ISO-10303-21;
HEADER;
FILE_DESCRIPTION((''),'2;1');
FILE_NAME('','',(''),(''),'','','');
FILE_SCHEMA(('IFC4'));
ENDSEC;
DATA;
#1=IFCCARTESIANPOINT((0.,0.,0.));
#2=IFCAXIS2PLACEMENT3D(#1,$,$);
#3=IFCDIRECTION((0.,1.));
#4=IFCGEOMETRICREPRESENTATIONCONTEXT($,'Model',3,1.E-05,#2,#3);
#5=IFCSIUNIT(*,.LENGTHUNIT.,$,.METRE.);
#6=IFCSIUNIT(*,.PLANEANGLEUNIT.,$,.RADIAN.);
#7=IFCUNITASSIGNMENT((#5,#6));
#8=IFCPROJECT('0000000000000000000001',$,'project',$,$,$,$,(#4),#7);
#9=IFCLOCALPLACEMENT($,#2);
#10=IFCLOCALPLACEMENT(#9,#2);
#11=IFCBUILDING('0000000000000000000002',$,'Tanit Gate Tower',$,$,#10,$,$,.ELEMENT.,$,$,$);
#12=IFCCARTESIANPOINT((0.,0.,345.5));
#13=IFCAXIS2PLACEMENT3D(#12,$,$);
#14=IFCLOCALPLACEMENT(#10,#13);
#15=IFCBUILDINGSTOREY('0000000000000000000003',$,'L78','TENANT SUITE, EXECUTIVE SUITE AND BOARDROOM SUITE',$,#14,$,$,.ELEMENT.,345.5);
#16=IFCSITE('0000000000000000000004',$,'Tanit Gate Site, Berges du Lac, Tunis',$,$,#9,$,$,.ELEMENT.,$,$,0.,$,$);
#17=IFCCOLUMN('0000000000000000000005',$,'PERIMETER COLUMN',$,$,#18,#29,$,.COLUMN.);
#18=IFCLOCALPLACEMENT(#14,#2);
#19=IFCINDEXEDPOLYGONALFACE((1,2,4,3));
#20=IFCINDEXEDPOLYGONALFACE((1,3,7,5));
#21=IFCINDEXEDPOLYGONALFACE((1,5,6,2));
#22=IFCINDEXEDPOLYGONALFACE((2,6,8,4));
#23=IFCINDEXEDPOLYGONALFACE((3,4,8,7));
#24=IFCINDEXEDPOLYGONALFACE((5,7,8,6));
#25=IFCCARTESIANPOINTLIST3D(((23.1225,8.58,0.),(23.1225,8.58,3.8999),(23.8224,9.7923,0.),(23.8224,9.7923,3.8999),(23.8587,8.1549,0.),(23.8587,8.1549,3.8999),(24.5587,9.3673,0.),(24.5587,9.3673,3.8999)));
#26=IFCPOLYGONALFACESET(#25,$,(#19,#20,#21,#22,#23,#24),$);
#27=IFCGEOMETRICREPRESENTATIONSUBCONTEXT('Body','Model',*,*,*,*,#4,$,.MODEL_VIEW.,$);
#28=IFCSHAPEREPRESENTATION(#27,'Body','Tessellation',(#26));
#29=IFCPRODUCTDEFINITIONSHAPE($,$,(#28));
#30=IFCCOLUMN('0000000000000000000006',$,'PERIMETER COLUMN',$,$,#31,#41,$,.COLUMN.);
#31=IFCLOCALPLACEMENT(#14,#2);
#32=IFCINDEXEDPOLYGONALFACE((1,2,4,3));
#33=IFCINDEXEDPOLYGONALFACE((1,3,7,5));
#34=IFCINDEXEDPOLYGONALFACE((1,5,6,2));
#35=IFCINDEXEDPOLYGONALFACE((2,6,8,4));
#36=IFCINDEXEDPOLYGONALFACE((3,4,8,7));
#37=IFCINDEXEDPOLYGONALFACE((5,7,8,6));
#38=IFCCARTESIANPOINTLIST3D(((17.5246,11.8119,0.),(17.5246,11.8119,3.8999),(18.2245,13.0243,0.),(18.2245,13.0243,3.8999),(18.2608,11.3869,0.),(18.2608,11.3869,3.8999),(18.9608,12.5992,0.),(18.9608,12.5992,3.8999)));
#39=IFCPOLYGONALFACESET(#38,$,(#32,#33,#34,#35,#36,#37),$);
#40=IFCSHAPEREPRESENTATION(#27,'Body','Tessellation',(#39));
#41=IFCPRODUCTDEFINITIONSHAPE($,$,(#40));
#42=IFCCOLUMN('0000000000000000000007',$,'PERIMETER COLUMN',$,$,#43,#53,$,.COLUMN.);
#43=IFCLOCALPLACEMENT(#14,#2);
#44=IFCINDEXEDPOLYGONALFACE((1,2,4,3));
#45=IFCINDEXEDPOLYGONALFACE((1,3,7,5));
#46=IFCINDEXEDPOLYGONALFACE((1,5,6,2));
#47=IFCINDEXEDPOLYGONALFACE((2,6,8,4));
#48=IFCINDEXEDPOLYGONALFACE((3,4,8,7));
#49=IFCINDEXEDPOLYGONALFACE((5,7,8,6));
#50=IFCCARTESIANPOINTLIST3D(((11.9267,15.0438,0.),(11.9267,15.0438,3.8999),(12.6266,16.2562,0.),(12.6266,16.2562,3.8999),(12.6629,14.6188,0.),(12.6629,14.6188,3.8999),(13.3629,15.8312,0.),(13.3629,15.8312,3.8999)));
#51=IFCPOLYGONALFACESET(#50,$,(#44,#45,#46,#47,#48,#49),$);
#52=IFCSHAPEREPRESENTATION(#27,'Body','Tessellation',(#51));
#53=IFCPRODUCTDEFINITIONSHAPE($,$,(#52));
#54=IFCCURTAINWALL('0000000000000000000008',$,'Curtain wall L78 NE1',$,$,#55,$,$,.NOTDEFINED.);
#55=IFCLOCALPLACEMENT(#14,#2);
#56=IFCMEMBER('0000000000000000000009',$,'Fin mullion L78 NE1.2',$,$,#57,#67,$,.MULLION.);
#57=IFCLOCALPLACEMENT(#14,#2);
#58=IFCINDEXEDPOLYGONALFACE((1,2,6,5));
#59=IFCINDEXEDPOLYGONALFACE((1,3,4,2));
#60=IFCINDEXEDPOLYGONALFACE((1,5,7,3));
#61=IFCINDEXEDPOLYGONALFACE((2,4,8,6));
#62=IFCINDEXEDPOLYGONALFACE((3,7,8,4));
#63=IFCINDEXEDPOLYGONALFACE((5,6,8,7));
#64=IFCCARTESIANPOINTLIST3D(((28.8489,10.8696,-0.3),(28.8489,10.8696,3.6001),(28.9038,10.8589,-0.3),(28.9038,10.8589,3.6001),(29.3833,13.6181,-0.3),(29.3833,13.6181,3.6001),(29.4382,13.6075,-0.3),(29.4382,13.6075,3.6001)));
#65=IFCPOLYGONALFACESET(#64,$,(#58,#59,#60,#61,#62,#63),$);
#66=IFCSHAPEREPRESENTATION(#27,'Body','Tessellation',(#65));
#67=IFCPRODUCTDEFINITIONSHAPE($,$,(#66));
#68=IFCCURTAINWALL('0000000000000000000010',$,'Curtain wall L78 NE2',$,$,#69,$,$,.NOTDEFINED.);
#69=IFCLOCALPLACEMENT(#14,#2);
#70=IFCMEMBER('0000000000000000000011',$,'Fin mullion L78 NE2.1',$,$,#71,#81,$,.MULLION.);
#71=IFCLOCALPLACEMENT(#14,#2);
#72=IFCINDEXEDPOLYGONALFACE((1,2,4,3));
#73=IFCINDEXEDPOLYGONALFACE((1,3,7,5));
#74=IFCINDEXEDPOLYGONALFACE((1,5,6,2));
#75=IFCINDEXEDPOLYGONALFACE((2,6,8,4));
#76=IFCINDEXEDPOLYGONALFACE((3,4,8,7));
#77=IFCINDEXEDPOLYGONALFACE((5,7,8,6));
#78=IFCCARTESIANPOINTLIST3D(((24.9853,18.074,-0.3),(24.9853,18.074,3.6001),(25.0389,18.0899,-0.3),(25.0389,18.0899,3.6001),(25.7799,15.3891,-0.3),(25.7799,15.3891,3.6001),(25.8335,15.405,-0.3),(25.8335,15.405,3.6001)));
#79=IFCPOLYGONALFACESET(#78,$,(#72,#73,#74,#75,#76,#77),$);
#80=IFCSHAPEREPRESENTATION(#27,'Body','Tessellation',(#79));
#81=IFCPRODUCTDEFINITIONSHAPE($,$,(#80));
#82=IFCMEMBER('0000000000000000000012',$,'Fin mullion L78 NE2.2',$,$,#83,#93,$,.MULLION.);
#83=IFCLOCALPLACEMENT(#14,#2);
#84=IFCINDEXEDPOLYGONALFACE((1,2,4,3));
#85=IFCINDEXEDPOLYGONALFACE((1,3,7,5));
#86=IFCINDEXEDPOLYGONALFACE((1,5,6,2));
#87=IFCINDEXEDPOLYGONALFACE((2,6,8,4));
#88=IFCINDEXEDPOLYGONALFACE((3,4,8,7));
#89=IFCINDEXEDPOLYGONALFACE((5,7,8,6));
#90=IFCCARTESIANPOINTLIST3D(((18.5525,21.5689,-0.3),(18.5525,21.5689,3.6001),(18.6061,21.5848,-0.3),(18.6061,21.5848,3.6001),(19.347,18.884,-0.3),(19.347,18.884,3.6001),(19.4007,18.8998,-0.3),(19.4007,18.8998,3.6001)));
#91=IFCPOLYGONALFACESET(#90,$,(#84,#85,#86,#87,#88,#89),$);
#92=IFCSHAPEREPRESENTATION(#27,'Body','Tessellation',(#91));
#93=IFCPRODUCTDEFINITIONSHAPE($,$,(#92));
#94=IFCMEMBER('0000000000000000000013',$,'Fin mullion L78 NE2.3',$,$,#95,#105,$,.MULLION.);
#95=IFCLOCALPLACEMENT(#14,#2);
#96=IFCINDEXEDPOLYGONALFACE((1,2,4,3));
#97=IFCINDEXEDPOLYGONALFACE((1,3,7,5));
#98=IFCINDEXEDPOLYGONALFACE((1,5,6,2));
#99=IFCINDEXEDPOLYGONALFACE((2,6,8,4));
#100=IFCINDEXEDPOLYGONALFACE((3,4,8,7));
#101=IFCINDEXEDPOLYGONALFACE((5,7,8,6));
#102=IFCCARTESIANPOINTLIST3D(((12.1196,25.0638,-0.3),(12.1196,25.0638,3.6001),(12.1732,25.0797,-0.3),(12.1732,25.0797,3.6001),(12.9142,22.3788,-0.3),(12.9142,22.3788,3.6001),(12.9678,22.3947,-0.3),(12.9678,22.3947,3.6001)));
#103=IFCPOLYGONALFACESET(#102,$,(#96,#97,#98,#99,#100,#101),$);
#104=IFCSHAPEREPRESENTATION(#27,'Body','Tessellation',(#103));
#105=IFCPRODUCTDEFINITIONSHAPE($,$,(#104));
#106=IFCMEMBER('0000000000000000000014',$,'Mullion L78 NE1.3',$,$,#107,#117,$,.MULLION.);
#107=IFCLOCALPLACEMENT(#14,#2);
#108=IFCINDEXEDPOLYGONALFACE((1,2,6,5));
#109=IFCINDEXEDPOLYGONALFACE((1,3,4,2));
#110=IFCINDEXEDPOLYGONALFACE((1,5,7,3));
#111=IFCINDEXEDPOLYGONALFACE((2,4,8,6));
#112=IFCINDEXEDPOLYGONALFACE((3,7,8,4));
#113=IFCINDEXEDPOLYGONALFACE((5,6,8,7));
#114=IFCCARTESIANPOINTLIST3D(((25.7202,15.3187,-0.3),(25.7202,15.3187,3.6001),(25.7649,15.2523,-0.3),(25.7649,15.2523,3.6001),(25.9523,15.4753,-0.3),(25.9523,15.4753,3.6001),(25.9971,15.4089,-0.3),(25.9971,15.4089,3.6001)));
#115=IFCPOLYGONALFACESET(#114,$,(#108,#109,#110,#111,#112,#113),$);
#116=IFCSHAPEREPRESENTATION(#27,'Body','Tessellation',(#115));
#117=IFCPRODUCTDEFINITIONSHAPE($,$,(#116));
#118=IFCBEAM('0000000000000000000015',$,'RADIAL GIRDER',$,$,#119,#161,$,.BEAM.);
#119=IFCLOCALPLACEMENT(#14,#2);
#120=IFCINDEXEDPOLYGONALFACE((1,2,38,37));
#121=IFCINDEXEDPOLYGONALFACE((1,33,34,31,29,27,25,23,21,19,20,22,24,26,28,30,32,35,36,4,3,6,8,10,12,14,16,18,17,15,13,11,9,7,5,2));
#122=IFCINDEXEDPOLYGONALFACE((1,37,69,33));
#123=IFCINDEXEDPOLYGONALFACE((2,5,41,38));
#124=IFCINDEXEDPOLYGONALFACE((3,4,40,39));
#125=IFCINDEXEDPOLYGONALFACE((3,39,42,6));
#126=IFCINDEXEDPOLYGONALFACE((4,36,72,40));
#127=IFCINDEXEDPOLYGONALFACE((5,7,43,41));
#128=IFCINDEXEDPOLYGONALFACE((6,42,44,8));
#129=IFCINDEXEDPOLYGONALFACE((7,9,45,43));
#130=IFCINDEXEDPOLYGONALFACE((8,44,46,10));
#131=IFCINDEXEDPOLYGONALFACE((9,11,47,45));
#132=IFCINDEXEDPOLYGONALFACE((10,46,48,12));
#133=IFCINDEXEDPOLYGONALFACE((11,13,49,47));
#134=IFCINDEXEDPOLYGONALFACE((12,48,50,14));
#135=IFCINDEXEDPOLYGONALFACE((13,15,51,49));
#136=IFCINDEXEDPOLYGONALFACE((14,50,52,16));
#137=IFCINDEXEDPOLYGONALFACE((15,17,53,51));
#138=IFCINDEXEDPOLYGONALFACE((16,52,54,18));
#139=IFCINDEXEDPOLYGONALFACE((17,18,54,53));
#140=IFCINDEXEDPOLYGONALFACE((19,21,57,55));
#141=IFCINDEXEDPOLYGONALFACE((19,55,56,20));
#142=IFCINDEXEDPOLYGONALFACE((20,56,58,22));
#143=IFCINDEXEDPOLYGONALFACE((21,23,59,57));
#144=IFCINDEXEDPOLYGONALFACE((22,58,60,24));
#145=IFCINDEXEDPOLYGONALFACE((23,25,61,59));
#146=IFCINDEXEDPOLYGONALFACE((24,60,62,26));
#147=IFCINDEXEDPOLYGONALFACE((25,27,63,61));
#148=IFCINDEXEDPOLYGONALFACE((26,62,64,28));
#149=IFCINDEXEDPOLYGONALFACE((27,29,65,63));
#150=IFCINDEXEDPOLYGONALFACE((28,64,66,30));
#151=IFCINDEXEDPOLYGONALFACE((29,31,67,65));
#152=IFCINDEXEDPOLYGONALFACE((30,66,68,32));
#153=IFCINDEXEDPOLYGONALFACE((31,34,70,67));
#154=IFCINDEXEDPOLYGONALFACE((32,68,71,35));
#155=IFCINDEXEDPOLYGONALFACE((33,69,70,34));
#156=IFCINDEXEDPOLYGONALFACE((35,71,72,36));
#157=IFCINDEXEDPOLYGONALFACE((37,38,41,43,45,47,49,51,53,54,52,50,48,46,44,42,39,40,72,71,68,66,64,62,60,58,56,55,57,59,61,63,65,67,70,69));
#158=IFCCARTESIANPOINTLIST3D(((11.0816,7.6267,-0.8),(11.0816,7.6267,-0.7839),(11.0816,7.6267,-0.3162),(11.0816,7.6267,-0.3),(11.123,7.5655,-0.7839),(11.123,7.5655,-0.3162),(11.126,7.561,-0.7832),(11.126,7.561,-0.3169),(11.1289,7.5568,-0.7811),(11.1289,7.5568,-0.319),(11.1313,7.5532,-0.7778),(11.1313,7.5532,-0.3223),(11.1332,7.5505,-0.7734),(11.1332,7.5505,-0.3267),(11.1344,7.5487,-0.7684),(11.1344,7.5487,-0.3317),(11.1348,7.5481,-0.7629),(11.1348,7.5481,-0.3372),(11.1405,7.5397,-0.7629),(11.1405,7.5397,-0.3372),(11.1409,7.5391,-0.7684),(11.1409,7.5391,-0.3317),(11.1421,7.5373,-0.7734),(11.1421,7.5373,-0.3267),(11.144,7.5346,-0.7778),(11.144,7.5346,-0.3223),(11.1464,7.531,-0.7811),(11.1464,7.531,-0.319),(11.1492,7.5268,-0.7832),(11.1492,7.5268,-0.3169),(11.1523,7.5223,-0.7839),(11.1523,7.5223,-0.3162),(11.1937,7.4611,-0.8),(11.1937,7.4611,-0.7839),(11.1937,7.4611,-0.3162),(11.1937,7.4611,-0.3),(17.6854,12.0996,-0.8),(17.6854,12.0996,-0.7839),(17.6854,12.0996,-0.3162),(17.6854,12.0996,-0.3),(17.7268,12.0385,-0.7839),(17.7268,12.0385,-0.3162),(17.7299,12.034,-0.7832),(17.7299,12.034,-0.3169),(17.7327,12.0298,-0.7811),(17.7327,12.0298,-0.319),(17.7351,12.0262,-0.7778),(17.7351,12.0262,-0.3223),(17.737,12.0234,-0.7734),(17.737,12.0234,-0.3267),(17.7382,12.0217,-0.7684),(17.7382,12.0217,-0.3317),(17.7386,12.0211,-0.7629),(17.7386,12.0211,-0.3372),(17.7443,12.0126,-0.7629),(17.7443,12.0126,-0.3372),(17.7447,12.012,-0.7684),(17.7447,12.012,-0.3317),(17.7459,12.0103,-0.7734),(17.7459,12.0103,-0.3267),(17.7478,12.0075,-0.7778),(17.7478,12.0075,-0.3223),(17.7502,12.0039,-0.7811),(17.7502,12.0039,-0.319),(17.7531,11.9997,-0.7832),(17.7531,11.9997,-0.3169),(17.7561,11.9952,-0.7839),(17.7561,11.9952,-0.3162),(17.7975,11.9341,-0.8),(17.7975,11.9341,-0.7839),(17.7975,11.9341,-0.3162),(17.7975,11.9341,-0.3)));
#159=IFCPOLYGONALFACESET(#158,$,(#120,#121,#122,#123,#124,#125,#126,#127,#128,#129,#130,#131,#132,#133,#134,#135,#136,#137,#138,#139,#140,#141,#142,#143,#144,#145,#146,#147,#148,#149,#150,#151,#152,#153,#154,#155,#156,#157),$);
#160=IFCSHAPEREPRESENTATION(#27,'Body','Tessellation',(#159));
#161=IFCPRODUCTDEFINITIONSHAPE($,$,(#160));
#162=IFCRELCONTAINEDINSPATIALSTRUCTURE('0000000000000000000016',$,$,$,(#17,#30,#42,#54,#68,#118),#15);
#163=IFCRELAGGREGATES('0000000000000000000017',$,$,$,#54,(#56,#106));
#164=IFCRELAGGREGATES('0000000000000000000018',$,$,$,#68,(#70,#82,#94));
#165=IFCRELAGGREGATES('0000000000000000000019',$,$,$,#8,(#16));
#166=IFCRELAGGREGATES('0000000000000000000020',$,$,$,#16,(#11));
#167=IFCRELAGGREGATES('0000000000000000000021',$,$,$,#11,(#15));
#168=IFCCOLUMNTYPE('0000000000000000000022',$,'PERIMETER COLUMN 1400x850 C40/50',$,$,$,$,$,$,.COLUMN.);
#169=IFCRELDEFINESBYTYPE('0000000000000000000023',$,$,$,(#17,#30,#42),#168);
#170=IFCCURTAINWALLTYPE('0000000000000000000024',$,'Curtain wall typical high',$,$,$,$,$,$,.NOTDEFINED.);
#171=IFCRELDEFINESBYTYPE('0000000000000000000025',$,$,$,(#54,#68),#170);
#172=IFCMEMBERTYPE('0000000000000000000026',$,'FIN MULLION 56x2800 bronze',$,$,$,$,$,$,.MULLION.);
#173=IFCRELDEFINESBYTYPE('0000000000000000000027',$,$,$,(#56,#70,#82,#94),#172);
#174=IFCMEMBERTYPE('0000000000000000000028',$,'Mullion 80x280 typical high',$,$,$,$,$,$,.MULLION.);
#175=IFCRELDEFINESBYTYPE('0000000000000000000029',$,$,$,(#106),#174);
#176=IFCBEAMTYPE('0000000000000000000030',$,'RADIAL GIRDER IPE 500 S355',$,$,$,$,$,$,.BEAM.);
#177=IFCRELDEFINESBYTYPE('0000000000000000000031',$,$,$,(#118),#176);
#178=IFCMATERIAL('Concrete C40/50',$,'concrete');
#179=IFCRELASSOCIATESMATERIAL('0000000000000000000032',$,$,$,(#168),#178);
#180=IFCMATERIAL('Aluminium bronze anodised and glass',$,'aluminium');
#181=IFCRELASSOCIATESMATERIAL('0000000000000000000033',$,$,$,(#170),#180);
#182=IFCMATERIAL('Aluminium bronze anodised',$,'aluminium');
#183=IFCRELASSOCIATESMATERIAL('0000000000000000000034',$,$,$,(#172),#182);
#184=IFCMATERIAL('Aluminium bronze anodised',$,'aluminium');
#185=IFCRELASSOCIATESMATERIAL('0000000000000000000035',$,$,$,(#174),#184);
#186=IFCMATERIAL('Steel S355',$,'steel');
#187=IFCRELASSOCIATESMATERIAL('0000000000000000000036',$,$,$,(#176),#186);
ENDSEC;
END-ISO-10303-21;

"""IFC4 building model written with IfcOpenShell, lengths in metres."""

from ifc_helpers import new_model, si_unit, direction, frame, origin, origin_2d, place, context, subcontext, project, spatial, rectangle, i_section, extrude, material, material_profile, profile_set, type_object, element, aggregate, save


model = new_model("IFC4")

# Units and contexts
model_context = context("Model", 3, precision=1e-05, world=origin(), true_north=direction((0.0, 1.0)))
body_context = subcontext(model_context, "Body", "Model", "MODEL_VIEW")
ifc_project = project(units=[si_unit("LENGTHUNIT", "METRE"), si_unit("PLANEANGLEUNIT", "RADIAN")], contexts=[model_context])

# Site, building, storey
site_placement = place(None, origin())
site = spatial("IfcSite", under=ifc_project, at=site_placement, Name="Tanit Gate Site, Berges du Lac, Tunis", CompositionType="ELEMENT", RefElevation=0.0)
building_placement = place(site_placement, origin())
building = spatial("IfcBuilding", under=site, at=building_placement, Name="Tanit Gate Tower", CompositionType="ELEMENT")
storey_placement = place(building_placement, frame((0.0, 0.0, 345.5)))
storey = spatial("IfcBuildingStorey", under=building, at=storey_placement, Name="L78", Description="TENANT SUITE, EXECUTIVE SUITE AND BOARDROOM SUITE", CompositionType="ELEMENT", Elevation=345.5)

# Columns
ifc_material_1 = material(Name="Concrete C40/50", Category="concrete")
ifc_material_profile_1 = material_profile(ifc_material_1, rectangle(XDim=1.3999, YDim=0.8501, at=origin_2d()), Name="RC 1400x850")
ifc_profile_set_1 = profile_set([ifc_material_profile_1], Name="Concrete C40/50")
column_type = type_object("IfcColumnType", Name="PERIMETER COLUMN 1400x850 C40/50", PredefinedType="COLUMN", material=ifc_profile_set_1)
for number, where, z_axis, x_axis, name in (
    (1, (23.8406, 8.9736, 0.0), (0.0, 0.0, 1.0), (0.5, 0.866025, 0.0), "PERIMETER COLUMN"),
    (2, (18.2427, 12.2056, 0.0), (0.0, 0.0, 1.0), (0.5, 0.866025, 0.0), "PERIMETER COLUMN"),
    (3, (12.6448, 15.4375, 0.0), (0.0, 0.0, 1.0), (0.5, 0.866025, 0.0), "PERIMETER COLUMN"),
):
    element("IfcColumn", number, at=place(storey_placement, frame(where, z_axis=z_axis, x_axis=x_axis)), inside=storey, type_object=column_type, Name=name, PredefinedType="COLUMN", context=body_context, shape_type="SweptSolid", body=[
        extrude(rectangle(XDim=1.3999, YDim=0.8501, at=origin_2d()), origin(), (0.0, 0.0, 1.0), 3.8999),
    ])

# Curtain wall, member
ifc_material_2 = material(Name="Aluminium bronze anodised and glass", Category="aluminium")
curtain_wall_type = type_object("IfcCurtainWallType", Name="Curtain wall typical high", PredefinedType="NOTDEFINED", material=ifc_material_2)
curtain_wall_1_placement = place(storey_placement, origin())
curtain_wall_1 = element("IfcCurtainWall", 4, at=curtain_wall_1_placement, inside=storey, type_object=curtain_wall_type, Name="Curtain wall L78 NE1", PredefinedType="NOTDEFINED")
ifc_material_3 = material(Name="Aluminium bronze anodised", Category="aluminium")
ifc_material_profile_2 = material_profile(ifc_material_3, rectangle(XDim=2.8, YDim=0.0559, at=origin_2d()), Name="56x2800 bronze fin mullion")
ifc_profile_set_2 = profile_set([ifc_material_profile_2], Name="Aluminium bronze anodised")
member_type_1 = type_object("IfcMemberType", Name="FIN MULLION 56x2800 bronze", PredefinedType="MULLION", material=ifc_profile_set_2)
member_1_placement = place(storey_placement, frame((29.1436, 12.2385, -0.3), z_axis=(0.0, 0.0, 1.0), x_axis=(-0.190863, -0.981617, 0.0)))
member_1 = element("IfcMember", 5, at=member_1_placement, type_object=member_type_1, Name="Fin mullion L78 NE1.2", PredefinedType="MULLION", context=body_context, shape_type="SweptSolid", body=[
    extrude(rectangle(XDim=2.8, YDim=0.0559, at=origin_2d()), origin(), (0.0, 0.0, 1.0), 3.9001),
])

# Curtain wall, members
curtain_wall_2_placement = place(storey_placement, origin())
curtain_wall_2 = element("IfcCurtainWall", 6, at=curtain_wall_2_placement, inside=storey, type_object=curtain_wall_type, Name="Curtain wall L78 NE2", PredefinedType="NOTDEFINED")
member_2_placement = place(storey_placement, frame((25.4094, 16.7395, -0.3), z_axis=(0.0, 0.0, 1.0), x_axis=(0.283773, -0.958892, 0.0)))
member_2 = element("IfcMember", 7, at=member_2_placement, type_object=member_type_1, Name="Fin mullion L78 NE2.1", PredefinedType="MULLION", context=body_context, shape_type="SweptSolid", body=[
    extrude(rectangle(XDim=2.8, YDim=0.0559, at=origin_2d()), origin(), (0.0, 0.0, 1.0), 3.9001),
])
member_3_placement = place(storey_placement, frame((18.9766, 20.2344, -0.3), z_axis=(0.0, 0.0, 1.0), x_axis=(0.283773, -0.958892, 0.0)))
member_3 = element("IfcMember", 8, at=member_3_placement, type_object=member_type_1, Name="Fin mullion L78 NE2.2", PredefinedType="MULLION", context=body_context, shape_type="SweptSolid", body=[
    extrude(rectangle(XDim=2.8, YDim=0.0559, at=origin_2d()), origin(), (0.0, 0.0, 1.0), 3.9001),
])
member_4_placement = place(storey_placement, frame((12.5437, 23.7292, -0.3), z_axis=(0.0, 0.0, 1.0), x_axis=(0.283773, -0.958892, 0.0)))
member_4 = element("IfcMember", 9, at=member_4_placement, type_object=member_type_1, Name="Fin mullion L78 NE2.3", PredefinedType="MULLION", context=body_context, shape_type="SweptSolid", body=[
    extrude(rectangle(XDim=2.8, YDim=0.0559, at=origin_2d()), origin(), (0.0, 0.0, 1.0), 3.9001),
])

# Member
ifc_material_4 = material(Name="Aluminium bronze anodised", Category="aluminium")
ifc_material_profile_3 = material_profile(ifc_material_4, rectangle(XDim=0.28, YDim=0.0801, at=origin_2d()), Name="80x280 bronze mullion")
ifc_profile_set_3 = profile_set([ifc_material_profile_3], Name="Aluminium bronze anodised")
member_type_2 = type_object("IfcMemberType", Name="Mullion 80x280 typical high", PredefinedType="MULLION", material=ifc_profile_set_3)
member_5_placement = place(storey_placement, frame((25.8586, 15.3638, -0.3), z_axis=(0.0, 0.0, 1.0), x_axis=(-0.829068, -0.559148, 0.0)))
member_5 = element("IfcMember", 10, at=member_5_placement, type_object=member_type_2, Name="Mullion L78 NE1.3", PredefinedType="MULLION", context=body_context, shape_type="SweptSolid", body=[
    extrude(rectangle(XDim=0.28, YDim=0.0801, at=origin_2d()), origin(), (0.0, 0.0, 1.0), 3.9001),
])

# Beam
ifc_material_5 = material(Name="Steel S355", Category="steel")
ifc_material_profile_4 = material_profile(ifc_material_5, i_section(OverallWidth=0.2, OverallDepth=0.5, WebThickness=0.0103, FlangeThickness=0.0161, FilletRadius=0.021, at=origin_2d()), Name="IPE 500")
ifc_profile_set_4 = profile_set([ifc_material_profile_4], Name="Steel S355")
beam_type_1 = type_object("IfcBeamType", Name="RADIAL GIRDER IPE 500 S355", PredefinedType="BEAM", material=ifc_profile_set_4)
beam_1_placement = place(storey_placement, frame((17.7415, 12.0168, -0.55), z_axis=(-0.827954, -0.560795, 0.0), x_axis=(0.560795, -0.827954, 0.0)))
element("IfcBeam", 11, at=beam_1_placement, inside=storey, type_object=beam_type_1, Name="RADIAL GIRDER", PredefinedType="BEAM", context=body_context, shape_type="SweptSolid", body=[
    extrude(i_section(OverallWidth=0.2, OverallDepth=0.5, WebThickness=0.0103, FlangeThickness=0.0161, FilletRadius=0.021, at=origin_2d()), origin(), (0.0, 0.0, 1.0), 7.9761),
])

aggregate(curtain_wall_1, [member_1, member_5])
aggregate(curtain_wall_2, [member_2, member_3, member_4])

save(model, "model.ifc")
